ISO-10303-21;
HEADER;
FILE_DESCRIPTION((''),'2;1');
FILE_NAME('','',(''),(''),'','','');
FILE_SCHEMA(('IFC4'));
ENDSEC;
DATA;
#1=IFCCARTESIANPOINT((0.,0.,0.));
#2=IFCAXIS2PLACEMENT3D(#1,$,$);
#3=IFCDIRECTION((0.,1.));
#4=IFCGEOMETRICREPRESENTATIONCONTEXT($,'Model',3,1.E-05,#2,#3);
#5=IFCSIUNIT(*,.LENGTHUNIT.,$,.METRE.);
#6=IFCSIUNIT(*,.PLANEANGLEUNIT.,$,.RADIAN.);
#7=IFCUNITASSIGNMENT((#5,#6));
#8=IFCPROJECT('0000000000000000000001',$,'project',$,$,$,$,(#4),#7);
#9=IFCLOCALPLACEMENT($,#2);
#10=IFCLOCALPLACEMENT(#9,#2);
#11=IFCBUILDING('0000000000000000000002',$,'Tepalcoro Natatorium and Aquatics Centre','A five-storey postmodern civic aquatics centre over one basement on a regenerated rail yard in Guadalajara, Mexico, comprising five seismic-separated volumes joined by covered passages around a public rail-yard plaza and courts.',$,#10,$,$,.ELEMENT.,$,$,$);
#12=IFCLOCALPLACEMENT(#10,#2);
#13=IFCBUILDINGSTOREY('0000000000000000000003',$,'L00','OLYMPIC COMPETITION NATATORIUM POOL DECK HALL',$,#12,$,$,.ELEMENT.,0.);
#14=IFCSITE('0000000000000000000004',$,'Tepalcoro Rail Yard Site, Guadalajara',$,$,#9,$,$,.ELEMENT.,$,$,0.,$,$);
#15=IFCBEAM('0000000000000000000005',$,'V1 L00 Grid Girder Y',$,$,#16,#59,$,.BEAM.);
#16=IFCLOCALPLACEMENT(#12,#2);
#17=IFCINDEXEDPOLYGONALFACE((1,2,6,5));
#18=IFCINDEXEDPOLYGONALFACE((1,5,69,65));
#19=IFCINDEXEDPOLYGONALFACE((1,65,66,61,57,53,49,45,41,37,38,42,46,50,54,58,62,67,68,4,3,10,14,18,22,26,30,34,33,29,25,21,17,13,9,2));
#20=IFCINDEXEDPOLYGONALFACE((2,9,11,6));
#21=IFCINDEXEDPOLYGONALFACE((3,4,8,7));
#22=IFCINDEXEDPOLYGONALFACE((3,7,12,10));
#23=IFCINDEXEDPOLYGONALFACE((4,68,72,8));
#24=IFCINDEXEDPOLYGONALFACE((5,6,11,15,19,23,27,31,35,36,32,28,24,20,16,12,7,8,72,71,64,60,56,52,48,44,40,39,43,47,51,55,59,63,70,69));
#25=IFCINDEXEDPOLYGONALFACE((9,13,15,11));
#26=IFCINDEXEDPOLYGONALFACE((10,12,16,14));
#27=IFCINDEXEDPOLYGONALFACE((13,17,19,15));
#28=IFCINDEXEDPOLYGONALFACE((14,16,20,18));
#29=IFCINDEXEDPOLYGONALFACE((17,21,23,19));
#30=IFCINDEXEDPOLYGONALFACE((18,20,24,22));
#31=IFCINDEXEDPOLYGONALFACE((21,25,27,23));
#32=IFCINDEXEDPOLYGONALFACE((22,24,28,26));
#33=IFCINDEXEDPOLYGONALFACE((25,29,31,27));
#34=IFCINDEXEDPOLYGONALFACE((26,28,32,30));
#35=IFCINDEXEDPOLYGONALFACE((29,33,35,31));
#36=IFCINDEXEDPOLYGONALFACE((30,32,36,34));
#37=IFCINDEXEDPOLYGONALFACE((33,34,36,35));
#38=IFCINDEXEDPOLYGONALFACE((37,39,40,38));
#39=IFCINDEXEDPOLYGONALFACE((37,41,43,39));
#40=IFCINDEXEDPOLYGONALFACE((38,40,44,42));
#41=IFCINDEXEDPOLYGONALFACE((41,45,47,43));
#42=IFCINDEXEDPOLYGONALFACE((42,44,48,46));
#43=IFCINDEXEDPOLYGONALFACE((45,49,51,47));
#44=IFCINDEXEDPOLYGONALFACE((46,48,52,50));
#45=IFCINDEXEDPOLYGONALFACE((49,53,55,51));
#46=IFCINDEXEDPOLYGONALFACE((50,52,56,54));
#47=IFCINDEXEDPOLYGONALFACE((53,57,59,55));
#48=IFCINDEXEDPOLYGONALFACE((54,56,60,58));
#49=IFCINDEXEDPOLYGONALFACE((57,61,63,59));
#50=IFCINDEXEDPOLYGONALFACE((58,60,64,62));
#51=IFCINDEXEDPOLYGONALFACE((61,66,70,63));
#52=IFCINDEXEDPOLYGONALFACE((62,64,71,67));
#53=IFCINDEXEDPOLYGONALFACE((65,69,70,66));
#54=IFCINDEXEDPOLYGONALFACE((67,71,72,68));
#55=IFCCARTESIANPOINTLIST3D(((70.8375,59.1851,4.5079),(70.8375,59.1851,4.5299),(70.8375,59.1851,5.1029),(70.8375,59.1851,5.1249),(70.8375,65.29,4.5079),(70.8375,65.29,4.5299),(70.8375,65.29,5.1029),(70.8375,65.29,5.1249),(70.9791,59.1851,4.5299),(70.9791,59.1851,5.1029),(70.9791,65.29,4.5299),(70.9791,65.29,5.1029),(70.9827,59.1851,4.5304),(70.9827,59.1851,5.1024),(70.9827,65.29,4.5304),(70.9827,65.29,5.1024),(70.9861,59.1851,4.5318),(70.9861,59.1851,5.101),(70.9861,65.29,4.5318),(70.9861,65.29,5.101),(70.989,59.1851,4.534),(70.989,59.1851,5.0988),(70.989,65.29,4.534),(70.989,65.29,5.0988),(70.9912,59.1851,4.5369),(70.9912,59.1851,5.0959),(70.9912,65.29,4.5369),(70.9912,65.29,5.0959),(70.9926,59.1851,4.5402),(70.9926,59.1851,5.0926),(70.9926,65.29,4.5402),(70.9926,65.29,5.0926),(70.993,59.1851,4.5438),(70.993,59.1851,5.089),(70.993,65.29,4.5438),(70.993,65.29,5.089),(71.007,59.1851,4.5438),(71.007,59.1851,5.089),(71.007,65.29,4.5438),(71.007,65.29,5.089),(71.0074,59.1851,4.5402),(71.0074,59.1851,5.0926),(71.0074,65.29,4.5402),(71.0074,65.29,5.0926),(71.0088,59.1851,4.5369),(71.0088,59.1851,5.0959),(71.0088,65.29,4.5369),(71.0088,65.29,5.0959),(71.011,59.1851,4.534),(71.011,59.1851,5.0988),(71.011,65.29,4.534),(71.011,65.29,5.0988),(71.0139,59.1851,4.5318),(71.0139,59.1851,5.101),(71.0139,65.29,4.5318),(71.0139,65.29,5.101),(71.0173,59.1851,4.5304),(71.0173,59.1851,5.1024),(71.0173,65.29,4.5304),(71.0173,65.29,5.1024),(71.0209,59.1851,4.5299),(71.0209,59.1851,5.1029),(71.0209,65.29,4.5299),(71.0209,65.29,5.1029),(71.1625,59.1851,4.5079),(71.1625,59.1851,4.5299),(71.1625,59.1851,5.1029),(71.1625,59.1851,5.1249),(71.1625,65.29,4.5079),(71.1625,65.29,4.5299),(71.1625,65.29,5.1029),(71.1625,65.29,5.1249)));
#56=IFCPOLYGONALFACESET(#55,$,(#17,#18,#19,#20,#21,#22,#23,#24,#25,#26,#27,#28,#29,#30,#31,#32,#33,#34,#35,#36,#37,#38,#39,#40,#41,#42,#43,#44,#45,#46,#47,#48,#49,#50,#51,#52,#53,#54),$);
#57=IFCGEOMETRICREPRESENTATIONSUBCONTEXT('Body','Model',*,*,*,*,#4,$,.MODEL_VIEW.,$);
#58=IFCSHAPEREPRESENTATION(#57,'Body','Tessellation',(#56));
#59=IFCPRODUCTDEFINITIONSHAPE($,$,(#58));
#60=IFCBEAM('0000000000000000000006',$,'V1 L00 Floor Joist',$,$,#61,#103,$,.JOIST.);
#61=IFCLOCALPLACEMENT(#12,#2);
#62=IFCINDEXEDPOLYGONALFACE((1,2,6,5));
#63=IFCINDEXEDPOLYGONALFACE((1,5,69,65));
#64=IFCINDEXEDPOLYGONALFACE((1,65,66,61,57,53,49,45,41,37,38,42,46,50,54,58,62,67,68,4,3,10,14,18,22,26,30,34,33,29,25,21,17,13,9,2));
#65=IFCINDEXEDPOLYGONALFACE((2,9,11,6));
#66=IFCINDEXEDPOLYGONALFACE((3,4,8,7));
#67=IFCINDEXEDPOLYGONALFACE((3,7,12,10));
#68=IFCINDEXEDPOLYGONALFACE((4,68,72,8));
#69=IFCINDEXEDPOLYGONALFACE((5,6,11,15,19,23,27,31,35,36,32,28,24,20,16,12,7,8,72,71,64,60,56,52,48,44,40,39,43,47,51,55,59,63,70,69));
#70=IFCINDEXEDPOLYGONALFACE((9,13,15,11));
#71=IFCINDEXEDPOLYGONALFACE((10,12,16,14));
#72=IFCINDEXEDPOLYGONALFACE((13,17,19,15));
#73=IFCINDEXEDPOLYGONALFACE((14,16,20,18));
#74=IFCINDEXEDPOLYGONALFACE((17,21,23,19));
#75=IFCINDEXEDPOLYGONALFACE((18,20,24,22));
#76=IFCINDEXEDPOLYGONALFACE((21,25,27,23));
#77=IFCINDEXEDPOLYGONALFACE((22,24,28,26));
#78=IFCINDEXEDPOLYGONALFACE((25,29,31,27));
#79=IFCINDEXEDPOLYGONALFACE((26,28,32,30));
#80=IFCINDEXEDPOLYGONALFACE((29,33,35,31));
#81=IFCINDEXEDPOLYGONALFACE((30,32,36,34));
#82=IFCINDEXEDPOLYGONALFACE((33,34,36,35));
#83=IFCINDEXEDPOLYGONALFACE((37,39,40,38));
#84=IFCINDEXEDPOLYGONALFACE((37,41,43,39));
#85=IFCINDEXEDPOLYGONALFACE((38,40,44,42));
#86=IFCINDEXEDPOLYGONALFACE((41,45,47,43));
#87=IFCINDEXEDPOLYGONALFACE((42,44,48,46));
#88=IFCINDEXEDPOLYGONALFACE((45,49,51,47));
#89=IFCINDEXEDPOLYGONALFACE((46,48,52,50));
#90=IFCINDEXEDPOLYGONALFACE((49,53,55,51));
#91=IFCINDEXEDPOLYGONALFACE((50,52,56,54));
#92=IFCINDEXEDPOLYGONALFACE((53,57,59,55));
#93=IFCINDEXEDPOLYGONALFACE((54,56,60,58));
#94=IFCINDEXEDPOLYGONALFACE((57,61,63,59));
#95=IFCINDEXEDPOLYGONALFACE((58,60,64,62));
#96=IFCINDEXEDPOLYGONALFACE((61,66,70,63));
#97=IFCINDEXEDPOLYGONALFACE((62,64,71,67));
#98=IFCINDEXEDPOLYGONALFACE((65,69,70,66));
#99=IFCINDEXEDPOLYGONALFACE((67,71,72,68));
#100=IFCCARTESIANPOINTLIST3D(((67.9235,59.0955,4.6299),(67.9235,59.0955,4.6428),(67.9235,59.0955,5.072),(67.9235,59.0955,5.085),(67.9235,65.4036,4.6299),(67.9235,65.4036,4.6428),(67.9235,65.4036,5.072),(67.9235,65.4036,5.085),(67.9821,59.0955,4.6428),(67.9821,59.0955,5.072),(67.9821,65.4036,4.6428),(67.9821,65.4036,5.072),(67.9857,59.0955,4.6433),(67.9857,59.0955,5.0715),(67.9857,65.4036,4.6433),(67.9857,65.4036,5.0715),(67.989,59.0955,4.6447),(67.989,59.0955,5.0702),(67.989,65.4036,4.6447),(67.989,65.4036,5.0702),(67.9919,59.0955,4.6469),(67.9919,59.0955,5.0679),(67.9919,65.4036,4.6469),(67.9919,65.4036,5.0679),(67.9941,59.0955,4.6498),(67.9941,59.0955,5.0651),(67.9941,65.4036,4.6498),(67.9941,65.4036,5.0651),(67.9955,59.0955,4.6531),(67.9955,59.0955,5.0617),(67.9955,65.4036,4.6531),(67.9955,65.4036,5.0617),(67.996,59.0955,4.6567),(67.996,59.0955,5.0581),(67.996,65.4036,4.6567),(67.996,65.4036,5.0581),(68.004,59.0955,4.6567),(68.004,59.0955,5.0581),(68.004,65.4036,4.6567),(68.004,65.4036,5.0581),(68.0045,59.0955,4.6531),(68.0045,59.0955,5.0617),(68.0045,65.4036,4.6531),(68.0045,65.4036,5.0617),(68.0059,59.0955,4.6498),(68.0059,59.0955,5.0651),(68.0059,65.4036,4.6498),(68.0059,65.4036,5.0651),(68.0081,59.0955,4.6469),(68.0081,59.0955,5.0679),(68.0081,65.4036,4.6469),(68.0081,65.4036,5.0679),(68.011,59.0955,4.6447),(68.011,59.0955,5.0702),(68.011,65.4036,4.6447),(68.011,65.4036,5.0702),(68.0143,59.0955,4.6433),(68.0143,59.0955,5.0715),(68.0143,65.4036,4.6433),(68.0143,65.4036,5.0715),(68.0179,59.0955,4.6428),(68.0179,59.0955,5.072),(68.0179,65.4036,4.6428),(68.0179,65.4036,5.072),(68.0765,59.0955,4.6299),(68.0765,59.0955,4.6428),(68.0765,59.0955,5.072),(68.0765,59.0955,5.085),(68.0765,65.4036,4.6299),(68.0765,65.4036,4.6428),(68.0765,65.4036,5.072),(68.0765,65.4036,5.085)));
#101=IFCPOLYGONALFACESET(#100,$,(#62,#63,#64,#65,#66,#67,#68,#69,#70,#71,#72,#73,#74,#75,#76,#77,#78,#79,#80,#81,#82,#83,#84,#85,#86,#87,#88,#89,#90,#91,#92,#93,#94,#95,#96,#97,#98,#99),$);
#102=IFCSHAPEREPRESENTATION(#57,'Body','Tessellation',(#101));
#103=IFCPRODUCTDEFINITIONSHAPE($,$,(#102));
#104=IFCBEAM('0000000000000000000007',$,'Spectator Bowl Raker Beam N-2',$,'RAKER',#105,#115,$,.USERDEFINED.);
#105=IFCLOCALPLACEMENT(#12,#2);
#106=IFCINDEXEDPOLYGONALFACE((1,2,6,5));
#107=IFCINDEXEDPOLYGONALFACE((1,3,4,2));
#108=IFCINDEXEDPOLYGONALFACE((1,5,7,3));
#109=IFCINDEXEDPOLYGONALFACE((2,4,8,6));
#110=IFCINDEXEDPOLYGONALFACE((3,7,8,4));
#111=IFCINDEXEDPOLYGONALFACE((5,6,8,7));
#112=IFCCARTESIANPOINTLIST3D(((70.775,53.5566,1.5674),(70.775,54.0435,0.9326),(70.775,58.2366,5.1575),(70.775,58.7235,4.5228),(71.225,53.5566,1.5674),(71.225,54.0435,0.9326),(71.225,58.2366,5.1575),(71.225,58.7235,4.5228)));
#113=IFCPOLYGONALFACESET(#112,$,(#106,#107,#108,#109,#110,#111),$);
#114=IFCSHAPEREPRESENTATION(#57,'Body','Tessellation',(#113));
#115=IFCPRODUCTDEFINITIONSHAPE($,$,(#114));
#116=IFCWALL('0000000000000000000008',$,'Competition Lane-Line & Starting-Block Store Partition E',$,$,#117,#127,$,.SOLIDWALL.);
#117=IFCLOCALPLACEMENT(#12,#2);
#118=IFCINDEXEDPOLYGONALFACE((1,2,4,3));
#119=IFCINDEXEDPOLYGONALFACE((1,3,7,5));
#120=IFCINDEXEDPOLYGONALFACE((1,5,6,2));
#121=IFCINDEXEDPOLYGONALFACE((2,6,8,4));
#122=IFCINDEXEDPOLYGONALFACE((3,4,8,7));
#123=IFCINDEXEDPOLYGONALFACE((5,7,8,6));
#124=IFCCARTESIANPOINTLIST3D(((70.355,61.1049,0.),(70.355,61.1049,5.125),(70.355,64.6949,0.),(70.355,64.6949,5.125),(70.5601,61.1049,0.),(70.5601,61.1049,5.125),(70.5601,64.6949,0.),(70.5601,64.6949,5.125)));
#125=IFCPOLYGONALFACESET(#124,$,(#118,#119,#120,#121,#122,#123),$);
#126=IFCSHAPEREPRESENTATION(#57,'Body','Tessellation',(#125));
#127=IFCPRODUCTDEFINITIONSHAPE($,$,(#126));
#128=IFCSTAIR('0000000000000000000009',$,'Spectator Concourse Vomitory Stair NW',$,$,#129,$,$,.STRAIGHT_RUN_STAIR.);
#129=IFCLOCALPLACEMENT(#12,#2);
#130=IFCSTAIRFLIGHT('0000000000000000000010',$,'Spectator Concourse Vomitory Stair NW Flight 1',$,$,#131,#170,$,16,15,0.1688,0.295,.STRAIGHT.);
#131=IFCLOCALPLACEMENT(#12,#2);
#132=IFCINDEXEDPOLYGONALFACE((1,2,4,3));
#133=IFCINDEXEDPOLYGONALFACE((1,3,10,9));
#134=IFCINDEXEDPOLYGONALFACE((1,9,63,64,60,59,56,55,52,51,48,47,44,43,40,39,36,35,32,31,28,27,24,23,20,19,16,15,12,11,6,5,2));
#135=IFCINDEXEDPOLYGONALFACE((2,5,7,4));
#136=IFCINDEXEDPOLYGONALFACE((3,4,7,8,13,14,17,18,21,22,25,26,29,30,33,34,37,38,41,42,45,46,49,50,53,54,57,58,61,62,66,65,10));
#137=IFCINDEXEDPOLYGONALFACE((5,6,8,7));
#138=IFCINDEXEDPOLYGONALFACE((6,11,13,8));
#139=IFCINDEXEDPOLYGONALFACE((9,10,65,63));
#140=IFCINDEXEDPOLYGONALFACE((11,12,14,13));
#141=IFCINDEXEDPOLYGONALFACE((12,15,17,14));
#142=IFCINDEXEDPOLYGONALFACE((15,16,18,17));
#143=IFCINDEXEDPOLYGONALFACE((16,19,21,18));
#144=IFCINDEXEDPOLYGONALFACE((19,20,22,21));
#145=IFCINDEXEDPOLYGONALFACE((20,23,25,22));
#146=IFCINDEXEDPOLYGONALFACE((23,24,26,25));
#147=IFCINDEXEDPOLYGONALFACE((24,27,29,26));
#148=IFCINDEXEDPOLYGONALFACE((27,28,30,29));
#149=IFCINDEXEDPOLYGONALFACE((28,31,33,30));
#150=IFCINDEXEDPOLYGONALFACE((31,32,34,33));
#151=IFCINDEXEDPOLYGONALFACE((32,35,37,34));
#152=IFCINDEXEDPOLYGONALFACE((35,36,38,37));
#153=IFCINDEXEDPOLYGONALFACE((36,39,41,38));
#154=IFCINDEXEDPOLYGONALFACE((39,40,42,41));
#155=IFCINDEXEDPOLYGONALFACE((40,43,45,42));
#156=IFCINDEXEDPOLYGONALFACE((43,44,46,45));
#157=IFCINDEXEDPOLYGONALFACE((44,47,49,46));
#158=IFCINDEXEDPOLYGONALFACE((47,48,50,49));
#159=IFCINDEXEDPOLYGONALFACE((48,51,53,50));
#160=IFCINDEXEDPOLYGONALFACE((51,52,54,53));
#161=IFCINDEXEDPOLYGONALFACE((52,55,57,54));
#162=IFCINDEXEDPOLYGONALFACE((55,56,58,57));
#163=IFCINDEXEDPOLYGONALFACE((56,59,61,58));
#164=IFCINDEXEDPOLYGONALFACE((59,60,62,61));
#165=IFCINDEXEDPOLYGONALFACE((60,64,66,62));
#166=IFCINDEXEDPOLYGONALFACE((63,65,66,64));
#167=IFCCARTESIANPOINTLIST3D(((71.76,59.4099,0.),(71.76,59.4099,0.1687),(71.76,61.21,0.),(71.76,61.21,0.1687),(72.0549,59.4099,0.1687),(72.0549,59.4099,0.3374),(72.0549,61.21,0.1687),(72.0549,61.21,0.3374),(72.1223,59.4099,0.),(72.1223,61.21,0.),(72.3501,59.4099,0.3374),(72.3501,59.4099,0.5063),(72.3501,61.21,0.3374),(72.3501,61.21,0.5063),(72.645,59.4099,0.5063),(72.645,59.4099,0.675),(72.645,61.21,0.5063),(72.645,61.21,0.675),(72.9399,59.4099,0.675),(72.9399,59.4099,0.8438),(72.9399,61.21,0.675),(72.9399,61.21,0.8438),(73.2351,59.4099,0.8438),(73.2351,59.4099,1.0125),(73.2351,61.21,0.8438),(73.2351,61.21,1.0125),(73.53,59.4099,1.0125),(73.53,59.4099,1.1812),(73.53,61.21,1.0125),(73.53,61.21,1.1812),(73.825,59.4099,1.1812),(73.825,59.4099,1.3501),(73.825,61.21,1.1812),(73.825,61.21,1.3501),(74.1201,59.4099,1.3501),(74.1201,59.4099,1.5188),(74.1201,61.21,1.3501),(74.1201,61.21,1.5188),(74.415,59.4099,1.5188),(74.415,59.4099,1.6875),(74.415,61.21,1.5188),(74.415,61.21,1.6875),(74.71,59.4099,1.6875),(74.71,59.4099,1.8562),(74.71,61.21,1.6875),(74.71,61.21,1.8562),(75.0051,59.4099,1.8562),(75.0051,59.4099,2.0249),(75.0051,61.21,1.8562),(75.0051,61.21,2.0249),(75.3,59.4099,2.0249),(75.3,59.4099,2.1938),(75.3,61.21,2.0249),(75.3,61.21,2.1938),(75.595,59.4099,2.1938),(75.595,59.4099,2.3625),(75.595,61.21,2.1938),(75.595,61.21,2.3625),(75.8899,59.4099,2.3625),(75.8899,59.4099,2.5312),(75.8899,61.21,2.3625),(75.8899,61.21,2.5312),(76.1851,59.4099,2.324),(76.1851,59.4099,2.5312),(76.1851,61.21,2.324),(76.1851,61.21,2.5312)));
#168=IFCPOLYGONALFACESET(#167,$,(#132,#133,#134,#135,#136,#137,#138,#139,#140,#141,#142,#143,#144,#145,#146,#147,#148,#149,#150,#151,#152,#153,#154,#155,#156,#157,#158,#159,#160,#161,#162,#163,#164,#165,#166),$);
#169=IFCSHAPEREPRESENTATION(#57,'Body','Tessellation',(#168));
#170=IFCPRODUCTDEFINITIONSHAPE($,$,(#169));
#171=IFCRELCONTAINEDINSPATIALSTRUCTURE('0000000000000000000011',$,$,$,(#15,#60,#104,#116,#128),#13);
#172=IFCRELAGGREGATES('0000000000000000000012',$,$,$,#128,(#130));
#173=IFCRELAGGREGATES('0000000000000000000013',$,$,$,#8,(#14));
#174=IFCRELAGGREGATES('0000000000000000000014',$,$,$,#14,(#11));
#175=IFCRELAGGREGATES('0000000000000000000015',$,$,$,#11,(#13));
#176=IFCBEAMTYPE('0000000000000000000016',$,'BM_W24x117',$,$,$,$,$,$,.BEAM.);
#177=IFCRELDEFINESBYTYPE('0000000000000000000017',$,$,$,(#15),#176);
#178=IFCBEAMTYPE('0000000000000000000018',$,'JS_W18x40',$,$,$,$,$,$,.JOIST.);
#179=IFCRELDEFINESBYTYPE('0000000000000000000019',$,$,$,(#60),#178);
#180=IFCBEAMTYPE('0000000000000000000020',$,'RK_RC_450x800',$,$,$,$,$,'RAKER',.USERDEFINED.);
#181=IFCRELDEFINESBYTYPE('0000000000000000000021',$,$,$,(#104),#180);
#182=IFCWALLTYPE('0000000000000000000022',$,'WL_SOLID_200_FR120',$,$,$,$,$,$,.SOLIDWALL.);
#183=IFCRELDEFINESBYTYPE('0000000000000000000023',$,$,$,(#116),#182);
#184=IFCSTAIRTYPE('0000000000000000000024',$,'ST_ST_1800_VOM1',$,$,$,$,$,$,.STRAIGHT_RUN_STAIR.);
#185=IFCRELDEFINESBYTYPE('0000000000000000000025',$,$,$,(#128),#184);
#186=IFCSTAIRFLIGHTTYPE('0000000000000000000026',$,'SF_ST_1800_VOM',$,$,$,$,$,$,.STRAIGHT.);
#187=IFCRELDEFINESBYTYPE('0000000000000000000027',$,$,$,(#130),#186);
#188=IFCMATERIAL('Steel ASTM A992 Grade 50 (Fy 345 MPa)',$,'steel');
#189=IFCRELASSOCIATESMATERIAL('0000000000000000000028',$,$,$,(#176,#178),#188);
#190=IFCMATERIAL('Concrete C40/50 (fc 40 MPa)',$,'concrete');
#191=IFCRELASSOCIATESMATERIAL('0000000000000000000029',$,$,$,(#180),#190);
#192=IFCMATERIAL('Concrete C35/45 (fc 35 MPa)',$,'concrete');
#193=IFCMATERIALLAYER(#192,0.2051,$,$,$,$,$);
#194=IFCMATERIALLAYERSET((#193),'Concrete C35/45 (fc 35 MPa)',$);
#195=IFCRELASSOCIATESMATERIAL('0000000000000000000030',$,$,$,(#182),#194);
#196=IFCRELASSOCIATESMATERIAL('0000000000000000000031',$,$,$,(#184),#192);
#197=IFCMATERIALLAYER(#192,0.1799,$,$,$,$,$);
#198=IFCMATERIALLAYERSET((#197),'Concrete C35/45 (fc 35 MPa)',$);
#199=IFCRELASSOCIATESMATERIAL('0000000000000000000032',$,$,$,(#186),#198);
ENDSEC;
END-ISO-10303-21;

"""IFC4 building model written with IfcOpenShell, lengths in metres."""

from ifc_helpers import new_model, si_unit, direction, frame, frame_2d, origin, origin_2d, place, context, subcontext, project, spatial, polyline, rectangle, i_section, outline, extrude, material, layer, layer_set, material_profile, profile_set, type_object, element, aggregate, save


model = new_model("IFC4")

# Units and contexts
model_context = context("Model", 3, precision=1e-05, world=origin(), true_north=direction((0.0, 1.0)))
body_context = subcontext(model_context, "Body", "Model", "MODEL_VIEW")
ifc_project = project(units=[si_unit("LENGTHUNIT", "METRE"), si_unit("PLANEANGLEUNIT", "RADIAN")], contexts=[model_context])

# Site, building, storey
site_placement = place(None, origin())
site = spatial("IfcSite", under=ifc_project, at=site_placement, Name="Tepalcoro Rail Yard Site, Guadalajara", CompositionType="ELEMENT", RefElevation=0.0)
building_placement = place(site_placement, origin())
building = spatial("IfcBuilding", under=site, at=building_placement, Name="Tepalcoro Natatorium and Aquatics Centre", Description="A five-storey postmodern civic aquatics centre over one basement on a regenerated rail yard in Guadalajara, Mexico, comprising five seismic-separated volumes joined by covered passages around a public rail-yard plaza and courts.", CompositionType="ELEMENT")
storey_placement = place(building_placement, origin())
storey = spatial("IfcBuildingStorey", under=building, at=storey_placement, Name="L00", Description="OLYMPIC COMPETITION NATATORIUM POOL DECK HALL", CompositionType="ELEMENT", Elevation=0.0)

# Shared definitions
ifc_material_1 = material(Name="Concrete C40/50 (fc 40 MPa)", Category="concrete")

# Beams
ifc_material_2 = material(Name="Steel ASTM A992 Grade 50 (Fy 345 MPa)", Category="steel")
ifc_material_profile_1 = material_profile(ifc_material_2, i_section(OverallWidth=0.325, OverallDepth=0.6169, WebThickness=0.0139, FlangeThickness=0.022, FilletRadius=0.0139, at=origin_2d()), Name="W24X117")
ifc_profile_set_1 = profile_set([ifc_material_profile_1], Name="Steel ASTM A992 Grade 50 (Fy 345 MPa)")
beam_type_1 = type_object("IfcBeamType", Name="BM_W24x117", PredefinedType="BEAM", material=ifc_profile_set_1)
beam_1_placement = place(storey_placement, frame((71.0, 59.1851, 4.8164), z_axis=(0.0, 1.0, 0.0), x_axis=(-1.0, 0.0, 0.0)))
element("IfcBeam", 1, at=beam_1_placement, inside=storey, type_object=beam_type_1, Name="V1 L00 Grid Girder Y", PredefinedType="BEAM", context=body_context, shape_type="SweptSolid", body=[
    extrude(i_section(OverallWidth=0.325, OverallDepth=0.6169, WebThickness=0.0139, FlangeThickness=0.022, FilletRadius=0.0139, at=origin_2d()), origin(), (0.0, 0.0, 1.0), 6.105),
])
ifc_material_profile_2 = material_profile(ifc_material_2, i_section(OverallWidth=0.1531, OverallDepth=0.4551, WebThickness=0.0081, FlangeThickness=0.0129, FilletRadius=0.0139, at=origin_2d()), Name="W18X40")
ifc_profile_set_2 = profile_set([ifc_material_profile_2], Name="Steel ASTM A992 Grade 50 (Fy 345 MPa)")
beam_type_2 = type_object("IfcBeamType", Name="JS_W18x40", PredefinedType="JOIST", material=ifc_profile_set_2)
beam_2_placement = place(storey_placement, frame((68.0, 59.0955, 4.8574), z_axis=(0.0, 1.0, 0.0), x_axis=(-1.0, 0.0, 0.0)))
element("IfcBeam", 2, at=beam_2_placement, inside=storey, type_object=beam_type_2, Name="V1 L00 Floor Joist", PredefinedType="JOIST", context=body_context, shape_type="SweptSolid", body=[
    extrude(i_section(OverallWidth=0.1531, OverallDepth=0.4551, WebThickness=0.0081, FlangeThickness=0.0129, FilletRadius=0.0139, at=origin_2d()), origin(), (0.0, 0.0, 1.0), 6.3081),
])
ifc_material_profile_3 = material_profile(ifc_material_1, rectangle(XDim=0.45, YDim=0.8, at=origin_2d()), Name="RKR450x800")
ifc_profile_set_3 = profile_set([ifc_material_profile_3], Name="Concrete C40/50 (fc 40 MPa)")
beam_type_3 = type_object("IfcBeamType", Name="RK_RC_450x800", ElementType="RAKER", PredefinedType="USERDEFINED", material=ifc_profile_set_3)
beam_3_placement = place(storey_placement, frame((71.0, 53.8, 1.25), z_axis=(0.0, 0.793431, 0.60866), x_axis=(-1.0, 0.0, 0.0)))
element("IfcBeam", 3, at=beam_3_placement, inside=storey, type_object=beam_type_3, Name="Spectator Bowl Raker Beam N-2", ObjectType="RAKER", PredefinedType="USERDEFINED", context=body_context, shape_type="SweptSolid", body=[
    extrude(rectangle(XDim=0.45, YDim=0.8, at=origin_2d()), origin(), (0.0, 0.0, 1.0), 5.8984),
])

# Wall
ifc_material_3 = material(Name="Concrete C35/45 (fc 35 MPa)", Category="concrete")
ifc_layer_1 = layer(ifc_material_3, 0.2051)
ifc_layer_set_1 = layer_set([ifc_layer_1], Name="Concrete C35/45 (fc 35 MPa)")
wall_type = type_object("IfcWallType", Name="WL_SOLID_200_FR120", PredefinedType="SOLIDWALL", material=ifc_layer_set_1)
wall_placement = place(storey_placement, frame((70.4575, 61.105, 0.0), z_axis=(0.0, 0.0, 1.0), x_axis=(0.0, 1.0, 0.0)))
element("IfcWall", 4, at=wall_placement, inside=storey, type_object=wall_type, Name="Competition Lane-Line & Starting-Block Store Partition E", PredefinedType="SOLIDWALL", context=body_context, shape_type="SweptSolid", body=[
    extrude(rectangle(XDim=3.5901, YDim=0.2051, at=frame_2d((1.7949, 0.0))), origin(), (0.0, 0.0, 1.0), 5.125),
])

# Stair, stair flight
stair_type = type_object("IfcStairType", Name="ST_ST_1800_VOM1", PredefinedType="STRAIGHT_RUN_STAIR", material=ifc_material_3)
stair_placement = place(storey_placement, origin())
stair = element("IfcStair", 5, at=stair_placement, inside=storey, type_object=stair_type, Name="Spectator Concourse Vomitory Stair NW", PredefinedType="STRAIGHT_RUN_STAIR")
ifc_layer_2 = layer(ifc_material_3, 0.1799)
ifc_layer_set_2 = layer_set([ifc_layer_2], Name="Concrete C35/45 (fc 35 MPa)")
stair_flight_type = type_object("IfcStairFlightType", Name="SF_ST_1800_VOM", PredefinedType="STRAIGHT", material=ifc_layer_set_2)
stair_flight_1_placement = place(storey_placement, frame((71.76, 60.3101, 0.0), z_axis=(0.0, 0.0, 1.0), x_axis=(1.0, 0.0, 0.0)))
stair_flight_1 = element("IfcStairFlight", 6, at=stair_flight_1_placement, type_object=stair_flight_type, Name="Spectator Concourse Vomitory Stair NW Flight 1", NumberOfRisers=16, NumberOfTreads=15, PredefinedType="STRAIGHT", RiserHeight=0.1688, TreadLength=0.295, context=body_context, shape_type="SweptSolid", body=[
    extrude(outline(polyline([(0.0, 0.0), (0.0, 0.1687), (0.2949, 0.1687), (0.2949, 0.3374), (0.5901, 0.3374), (0.5901, 0.5063), (0.885, 0.5063), (0.885, 0.675), (1.1799, 0.675), (1.1799, 0.8438), (1.4751, 0.8438), (1.4751, 1.0125), (1.77, 1.0125), (1.77, 1.1812), (2.0649, 1.1812), (2.0649, 1.3501), (2.3601, 1.3501), (2.3601, 1.5188), (2.655, 1.5188), (2.655, 1.6875), (2.95, 1.6875), (2.95, 1.8562), (3.2451, 1.8562), (3.2451, 2.0249), (3.54, 2.0249), (3.54, 2.1938), (3.835, 2.1938), (3.835, 2.3625), (4.1299, 2.3625), (4.1299, 2.5312), (4.425, 2.5312), (4.425, 2.7), (4.425, 2.324), (0.3623, 0.0), (0.0, 0.0)])), frame((0.0, 0.8999, 0.0), z_axis=(0.0, -1.0, 0.0), x_axis=(1.0, 0.0, 0.0)), (0.0, 0.0, 1.0), 1.8),
])
aggregate(stair, [stair_flight_1])

save(model, "model.ifc")
